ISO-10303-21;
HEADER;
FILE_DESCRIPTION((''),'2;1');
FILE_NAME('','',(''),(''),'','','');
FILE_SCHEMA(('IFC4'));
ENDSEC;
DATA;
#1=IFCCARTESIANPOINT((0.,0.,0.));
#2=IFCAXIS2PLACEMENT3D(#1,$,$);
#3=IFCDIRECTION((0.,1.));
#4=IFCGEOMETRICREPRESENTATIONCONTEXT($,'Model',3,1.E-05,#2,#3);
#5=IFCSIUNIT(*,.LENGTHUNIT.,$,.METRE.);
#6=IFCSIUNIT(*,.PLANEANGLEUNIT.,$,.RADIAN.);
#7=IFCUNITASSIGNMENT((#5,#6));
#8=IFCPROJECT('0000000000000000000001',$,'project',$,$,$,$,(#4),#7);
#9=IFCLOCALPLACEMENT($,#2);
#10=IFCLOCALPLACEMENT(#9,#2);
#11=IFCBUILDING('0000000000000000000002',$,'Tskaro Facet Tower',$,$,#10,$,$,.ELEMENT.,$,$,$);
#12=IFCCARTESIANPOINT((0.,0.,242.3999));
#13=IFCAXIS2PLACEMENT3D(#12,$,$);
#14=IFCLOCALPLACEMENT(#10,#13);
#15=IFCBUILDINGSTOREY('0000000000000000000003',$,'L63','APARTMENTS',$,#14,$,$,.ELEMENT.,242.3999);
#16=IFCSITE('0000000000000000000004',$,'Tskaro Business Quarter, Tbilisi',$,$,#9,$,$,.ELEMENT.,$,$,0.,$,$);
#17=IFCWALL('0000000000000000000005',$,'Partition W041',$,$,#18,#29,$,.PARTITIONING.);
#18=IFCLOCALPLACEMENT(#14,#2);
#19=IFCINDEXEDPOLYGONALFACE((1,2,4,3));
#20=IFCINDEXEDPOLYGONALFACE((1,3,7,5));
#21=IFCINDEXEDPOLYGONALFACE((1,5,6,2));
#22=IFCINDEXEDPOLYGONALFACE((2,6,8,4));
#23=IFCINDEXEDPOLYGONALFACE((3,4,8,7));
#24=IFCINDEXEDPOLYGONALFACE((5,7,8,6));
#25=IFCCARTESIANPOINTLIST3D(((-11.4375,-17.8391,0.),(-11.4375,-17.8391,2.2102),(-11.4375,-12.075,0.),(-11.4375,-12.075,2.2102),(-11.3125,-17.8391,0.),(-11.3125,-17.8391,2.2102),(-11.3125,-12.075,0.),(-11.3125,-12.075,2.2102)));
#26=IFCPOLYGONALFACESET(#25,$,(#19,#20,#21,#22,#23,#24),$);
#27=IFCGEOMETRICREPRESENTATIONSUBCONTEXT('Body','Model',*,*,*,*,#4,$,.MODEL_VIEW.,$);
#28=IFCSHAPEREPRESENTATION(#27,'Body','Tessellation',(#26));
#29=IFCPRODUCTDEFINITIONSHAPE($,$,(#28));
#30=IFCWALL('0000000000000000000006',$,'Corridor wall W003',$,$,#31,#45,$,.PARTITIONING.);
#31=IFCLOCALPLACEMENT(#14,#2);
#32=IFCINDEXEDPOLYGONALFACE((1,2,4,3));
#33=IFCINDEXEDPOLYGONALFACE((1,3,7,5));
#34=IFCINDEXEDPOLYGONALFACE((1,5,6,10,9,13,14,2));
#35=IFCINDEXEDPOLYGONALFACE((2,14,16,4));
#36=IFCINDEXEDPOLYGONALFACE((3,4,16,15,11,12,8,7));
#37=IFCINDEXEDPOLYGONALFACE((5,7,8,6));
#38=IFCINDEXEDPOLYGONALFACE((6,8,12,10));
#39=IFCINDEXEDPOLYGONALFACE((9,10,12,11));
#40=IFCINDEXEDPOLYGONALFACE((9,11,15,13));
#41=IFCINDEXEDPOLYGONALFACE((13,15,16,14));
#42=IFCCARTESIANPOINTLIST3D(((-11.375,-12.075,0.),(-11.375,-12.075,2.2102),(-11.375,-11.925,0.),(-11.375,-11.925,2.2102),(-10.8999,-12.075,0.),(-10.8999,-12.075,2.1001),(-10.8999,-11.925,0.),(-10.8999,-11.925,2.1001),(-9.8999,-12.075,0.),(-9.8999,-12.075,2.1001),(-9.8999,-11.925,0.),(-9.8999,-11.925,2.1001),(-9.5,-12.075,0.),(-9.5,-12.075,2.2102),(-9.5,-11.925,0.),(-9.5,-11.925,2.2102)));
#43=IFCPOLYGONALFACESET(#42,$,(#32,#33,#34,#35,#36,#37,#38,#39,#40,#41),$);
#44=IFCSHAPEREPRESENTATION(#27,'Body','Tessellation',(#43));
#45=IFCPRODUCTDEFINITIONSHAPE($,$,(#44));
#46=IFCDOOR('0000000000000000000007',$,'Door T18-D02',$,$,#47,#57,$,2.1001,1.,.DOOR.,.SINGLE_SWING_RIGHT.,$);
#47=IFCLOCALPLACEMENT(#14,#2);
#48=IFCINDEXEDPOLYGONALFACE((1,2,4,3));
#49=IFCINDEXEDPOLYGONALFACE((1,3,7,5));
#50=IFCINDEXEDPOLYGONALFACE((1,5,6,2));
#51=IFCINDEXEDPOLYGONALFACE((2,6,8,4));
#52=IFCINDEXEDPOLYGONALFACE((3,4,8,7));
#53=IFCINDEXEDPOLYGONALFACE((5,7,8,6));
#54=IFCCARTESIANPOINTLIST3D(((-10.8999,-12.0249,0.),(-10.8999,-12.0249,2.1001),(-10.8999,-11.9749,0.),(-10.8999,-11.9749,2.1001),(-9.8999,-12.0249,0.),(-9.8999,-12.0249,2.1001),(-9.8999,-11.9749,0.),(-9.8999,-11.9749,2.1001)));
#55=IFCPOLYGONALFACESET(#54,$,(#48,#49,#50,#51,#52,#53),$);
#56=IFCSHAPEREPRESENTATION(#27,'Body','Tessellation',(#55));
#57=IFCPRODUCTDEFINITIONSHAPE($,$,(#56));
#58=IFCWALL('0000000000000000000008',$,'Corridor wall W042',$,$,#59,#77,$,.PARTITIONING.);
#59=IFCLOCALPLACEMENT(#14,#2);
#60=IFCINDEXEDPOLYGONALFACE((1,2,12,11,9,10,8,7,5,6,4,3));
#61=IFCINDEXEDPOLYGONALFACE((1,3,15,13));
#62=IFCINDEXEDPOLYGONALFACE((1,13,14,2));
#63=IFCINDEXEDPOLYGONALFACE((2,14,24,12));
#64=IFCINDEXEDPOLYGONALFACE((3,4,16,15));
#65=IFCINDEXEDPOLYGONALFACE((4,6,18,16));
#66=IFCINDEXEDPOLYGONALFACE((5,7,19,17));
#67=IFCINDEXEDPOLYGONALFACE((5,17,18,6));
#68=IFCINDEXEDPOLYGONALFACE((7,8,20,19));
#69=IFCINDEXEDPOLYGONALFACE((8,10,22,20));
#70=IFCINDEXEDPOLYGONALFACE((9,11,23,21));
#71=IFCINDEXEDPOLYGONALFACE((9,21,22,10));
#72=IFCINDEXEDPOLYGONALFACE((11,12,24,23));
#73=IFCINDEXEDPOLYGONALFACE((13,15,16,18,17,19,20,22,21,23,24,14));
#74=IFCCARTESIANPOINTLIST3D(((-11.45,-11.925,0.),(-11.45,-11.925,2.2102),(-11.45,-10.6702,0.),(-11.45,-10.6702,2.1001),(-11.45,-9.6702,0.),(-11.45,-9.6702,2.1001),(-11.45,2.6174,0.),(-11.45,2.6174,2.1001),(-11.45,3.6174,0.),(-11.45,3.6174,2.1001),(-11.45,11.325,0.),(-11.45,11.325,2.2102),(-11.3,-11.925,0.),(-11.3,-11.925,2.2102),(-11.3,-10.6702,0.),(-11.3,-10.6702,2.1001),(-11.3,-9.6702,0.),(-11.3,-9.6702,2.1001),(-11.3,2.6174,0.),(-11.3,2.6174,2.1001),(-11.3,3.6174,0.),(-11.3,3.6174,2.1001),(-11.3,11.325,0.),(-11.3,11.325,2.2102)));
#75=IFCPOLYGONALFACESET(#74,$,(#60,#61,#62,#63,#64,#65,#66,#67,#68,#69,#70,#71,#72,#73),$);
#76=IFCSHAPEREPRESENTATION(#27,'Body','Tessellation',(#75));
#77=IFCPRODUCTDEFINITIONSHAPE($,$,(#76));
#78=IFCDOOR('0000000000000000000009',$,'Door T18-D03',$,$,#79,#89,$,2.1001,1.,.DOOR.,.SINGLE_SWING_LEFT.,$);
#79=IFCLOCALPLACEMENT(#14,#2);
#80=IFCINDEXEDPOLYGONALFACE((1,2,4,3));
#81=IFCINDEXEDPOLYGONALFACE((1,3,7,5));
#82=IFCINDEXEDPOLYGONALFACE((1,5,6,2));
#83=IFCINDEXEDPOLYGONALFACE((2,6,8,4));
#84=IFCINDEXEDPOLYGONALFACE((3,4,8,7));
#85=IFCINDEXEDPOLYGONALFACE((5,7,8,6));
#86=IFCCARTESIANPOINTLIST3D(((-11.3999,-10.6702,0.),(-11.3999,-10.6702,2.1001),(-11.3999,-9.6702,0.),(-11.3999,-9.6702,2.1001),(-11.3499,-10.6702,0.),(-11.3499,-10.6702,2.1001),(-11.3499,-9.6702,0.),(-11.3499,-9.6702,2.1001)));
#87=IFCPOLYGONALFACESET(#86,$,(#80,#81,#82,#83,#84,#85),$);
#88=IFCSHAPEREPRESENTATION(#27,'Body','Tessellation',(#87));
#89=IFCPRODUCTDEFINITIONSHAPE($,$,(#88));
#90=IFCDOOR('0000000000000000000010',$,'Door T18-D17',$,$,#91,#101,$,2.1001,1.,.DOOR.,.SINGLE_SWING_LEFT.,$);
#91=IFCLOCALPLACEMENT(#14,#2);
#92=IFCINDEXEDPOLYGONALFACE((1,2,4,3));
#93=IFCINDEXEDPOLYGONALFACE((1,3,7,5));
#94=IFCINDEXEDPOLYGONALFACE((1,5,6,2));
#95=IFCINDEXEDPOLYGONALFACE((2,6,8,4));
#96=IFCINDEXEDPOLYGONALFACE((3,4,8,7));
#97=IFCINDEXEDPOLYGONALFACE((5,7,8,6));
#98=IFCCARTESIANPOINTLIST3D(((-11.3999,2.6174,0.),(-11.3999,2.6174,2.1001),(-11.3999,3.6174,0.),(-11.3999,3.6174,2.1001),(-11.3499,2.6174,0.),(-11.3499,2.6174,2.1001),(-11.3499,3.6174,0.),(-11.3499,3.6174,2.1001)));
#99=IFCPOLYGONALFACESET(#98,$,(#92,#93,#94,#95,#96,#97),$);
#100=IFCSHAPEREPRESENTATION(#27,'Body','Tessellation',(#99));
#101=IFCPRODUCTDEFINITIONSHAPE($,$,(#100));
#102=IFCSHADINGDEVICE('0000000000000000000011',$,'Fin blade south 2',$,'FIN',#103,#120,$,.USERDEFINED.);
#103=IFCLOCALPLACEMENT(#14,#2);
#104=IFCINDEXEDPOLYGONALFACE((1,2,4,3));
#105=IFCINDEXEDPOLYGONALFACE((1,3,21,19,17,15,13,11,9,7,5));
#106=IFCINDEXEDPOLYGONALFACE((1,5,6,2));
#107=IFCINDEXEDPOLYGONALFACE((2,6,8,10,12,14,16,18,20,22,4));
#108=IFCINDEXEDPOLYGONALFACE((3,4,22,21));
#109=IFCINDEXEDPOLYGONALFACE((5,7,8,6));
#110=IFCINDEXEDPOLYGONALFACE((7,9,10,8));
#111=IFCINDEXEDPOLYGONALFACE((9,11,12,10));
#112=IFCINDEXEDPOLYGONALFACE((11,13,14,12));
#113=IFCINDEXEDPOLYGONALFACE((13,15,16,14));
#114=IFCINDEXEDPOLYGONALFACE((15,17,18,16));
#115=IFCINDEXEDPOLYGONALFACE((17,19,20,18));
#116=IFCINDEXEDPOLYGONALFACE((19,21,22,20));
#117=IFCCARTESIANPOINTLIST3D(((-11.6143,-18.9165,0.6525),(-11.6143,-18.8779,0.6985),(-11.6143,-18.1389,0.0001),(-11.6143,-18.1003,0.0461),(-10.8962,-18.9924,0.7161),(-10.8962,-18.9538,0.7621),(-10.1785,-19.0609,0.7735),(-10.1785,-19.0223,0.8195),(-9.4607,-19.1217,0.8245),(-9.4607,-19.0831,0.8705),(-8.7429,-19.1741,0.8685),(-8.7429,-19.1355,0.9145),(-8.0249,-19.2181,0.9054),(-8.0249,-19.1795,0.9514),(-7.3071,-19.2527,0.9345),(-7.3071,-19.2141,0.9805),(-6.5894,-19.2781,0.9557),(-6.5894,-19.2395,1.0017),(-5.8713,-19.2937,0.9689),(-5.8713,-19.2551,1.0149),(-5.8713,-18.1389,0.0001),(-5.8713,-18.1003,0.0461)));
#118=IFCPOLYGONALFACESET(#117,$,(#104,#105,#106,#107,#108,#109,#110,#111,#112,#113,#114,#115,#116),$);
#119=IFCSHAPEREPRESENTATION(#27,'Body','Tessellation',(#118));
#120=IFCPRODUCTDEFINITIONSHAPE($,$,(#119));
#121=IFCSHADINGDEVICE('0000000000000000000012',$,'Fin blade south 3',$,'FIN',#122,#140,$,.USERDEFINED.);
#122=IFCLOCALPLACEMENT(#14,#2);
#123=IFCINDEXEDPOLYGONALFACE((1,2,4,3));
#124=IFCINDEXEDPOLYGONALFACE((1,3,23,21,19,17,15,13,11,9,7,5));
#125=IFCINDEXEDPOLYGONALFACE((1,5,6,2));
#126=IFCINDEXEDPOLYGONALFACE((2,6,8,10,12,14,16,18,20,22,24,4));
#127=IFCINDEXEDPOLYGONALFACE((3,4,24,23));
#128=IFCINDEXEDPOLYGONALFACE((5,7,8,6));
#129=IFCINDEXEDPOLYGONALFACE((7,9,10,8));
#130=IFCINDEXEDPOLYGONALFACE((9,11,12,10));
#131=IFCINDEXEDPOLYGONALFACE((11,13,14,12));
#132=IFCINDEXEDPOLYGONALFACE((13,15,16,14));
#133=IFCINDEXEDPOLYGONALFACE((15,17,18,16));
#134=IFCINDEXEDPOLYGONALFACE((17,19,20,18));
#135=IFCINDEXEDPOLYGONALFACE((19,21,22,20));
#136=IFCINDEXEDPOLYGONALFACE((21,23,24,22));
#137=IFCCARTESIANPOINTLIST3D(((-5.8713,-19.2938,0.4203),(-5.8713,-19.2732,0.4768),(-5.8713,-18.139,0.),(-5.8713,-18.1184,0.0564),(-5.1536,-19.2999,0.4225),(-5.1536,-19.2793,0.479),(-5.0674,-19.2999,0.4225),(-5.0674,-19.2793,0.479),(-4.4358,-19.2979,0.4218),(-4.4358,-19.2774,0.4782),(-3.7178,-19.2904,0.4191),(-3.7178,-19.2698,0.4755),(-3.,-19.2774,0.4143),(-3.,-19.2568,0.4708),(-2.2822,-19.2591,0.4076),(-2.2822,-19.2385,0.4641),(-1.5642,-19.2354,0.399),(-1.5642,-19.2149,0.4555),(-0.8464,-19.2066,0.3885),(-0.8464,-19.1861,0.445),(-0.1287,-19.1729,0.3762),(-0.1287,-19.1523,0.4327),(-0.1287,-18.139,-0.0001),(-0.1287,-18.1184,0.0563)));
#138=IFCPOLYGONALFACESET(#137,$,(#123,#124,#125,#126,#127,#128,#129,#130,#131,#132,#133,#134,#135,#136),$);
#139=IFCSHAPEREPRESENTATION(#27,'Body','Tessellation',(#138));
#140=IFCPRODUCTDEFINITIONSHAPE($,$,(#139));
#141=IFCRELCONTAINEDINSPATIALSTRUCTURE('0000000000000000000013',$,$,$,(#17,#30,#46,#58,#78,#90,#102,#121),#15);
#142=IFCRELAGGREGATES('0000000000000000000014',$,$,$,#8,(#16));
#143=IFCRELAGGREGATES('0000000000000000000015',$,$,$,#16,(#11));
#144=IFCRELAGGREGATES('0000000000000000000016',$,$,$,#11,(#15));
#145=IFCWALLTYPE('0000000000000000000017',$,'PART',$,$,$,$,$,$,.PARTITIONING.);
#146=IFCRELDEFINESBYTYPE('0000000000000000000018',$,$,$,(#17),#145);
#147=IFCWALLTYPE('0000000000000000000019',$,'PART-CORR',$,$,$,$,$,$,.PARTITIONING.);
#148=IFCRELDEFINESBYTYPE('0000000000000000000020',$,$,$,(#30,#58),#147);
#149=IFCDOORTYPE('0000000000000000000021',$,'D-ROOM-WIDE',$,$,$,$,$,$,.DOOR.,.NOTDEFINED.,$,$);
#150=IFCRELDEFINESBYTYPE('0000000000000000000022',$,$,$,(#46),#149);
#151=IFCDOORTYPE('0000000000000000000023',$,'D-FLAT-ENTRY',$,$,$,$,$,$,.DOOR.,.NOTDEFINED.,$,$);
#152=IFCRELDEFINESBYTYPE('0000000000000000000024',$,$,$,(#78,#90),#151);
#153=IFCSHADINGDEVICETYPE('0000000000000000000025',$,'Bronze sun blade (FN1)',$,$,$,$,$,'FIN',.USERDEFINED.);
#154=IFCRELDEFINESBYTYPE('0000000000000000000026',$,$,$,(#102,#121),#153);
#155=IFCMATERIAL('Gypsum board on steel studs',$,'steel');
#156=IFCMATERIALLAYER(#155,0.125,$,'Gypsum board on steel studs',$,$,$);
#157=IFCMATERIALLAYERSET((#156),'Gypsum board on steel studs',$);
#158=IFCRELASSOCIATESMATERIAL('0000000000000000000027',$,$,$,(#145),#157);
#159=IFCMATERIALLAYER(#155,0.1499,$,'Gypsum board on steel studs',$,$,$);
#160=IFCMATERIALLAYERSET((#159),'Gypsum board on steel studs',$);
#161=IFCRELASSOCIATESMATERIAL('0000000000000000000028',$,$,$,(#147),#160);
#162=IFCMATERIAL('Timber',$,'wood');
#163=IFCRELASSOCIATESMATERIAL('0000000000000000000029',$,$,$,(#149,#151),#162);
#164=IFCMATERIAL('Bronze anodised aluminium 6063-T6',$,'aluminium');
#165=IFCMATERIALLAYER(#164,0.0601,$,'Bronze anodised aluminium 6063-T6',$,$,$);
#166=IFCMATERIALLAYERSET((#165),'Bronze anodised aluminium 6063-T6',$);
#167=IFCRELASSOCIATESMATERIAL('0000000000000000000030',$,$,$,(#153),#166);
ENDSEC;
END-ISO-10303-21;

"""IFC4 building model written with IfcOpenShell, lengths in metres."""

from ifc_helpers import new_model, si_unit, direction, frame, frame_2d, origin, place, context, subcontext, project, spatial, polyline, rectangle, outline, extrude, material, layer, layer_set, type_object, element, fill, save


model = new_model("IFC4")

# Units and contexts
model_context = context("Model", 3, precision=1e-05, world=origin(), true_north=direction((0.0, 1.0)))
body_context = subcontext(model_context, "Body", "Model", "MODEL_VIEW")
ifc_project = project(units=[si_unit("LENGTHUNIT", "METRE"), si_unit("PLANEANGLEUNIT", "RADIAN")], contexts=[model_context])

# Site, building, storey
site_placement = place(None, origin())
site = spatial("IfcSite", under=ifc_project, at=site_placement, Name="Tskaro Business Quarter, Tbilisi", CompositionType="ELEMENT", RefElevation=0.0)
building_placement = place(site_placement, origin())
building = spatial("IfcBuilding", under=site, at=building_placement, Name="Tskaro Facet Tower", CompositionType="ELEMENT")
storey_placement = place(building_placement, frame((0.0, 0.0, 242.3999)))
storey = spatial("IfcBuildingStorey", under=building, at=storey_placement, Name="L63", Description="APARTMENTS", CompositionType="ELEMENT", Elevation=242.3999)

# Shared definitions
ifc_material_1 = material(Name="Bronze anodised aluminium 6063-T6", Category="aluminium")

# Wall
ifc_material_2 = material(Name="Gypsum board on steel studs", Category="steel")
ifc_layer_1 = layer(ifc_material_2, 0.125, Name="Gypsum board on steel studs")
ifc_layer_set_1 = layer_set([ifc_layer_1], Name="Gypsum board on steel studs")
wall_type_1 = type_object("IfcWallType", Name="PART", PredefinedType="PARTITIONING", material=ifc_layer_set_1)
wall_1_placement = place(storey_placement, frame((-11.375, -17.8391, 0.0), z_axis=(0.0, 0.0, 1.0), x_axis=(0.0, 1.0, 0.0)))
element("IfcWall", 1, at=wall_1_placement, inside=storey, type_object=wall_type_1, Name="Partition W041", PredefinedType="PARTITIONING", context=body_context, shape_type="SweptSolid", body=[
    extrude(rectangle(XDim=5.7642, YDim=0.125, at=frame_2d((2.8821, 0.0))), origin(), (0.0, 0.0, 1.0), 2.2102),
])

# Wall, opening, door
ifc_layer_2 = layer(ifc_material_2, 0.1499, Name="Gypsum board on steel studs")
ifc_layer_set_2 = layer_set([ifc_layer_2], Name="Gypsum board on steel studs")
wall_type_2 = type_object("IfcWallType", Name="PART-CORR", PredefinedType="PARTITIONING", material=ifc_layer_set_2)
wall_2_placement = place(storey_placement, frame((-9.5, -12.0, 0.0), z_axis=(0.0, 0.0, 1.0), x_axis=(-1.0, 0.0, 0.0)))
wall_2 = element("IfcWall", 2, at=wall_2_placement, inside=storey, type_object=wall_type_2, Name="Corridor wall W003", PredefinedType="PARTITIONING", context=body_context, shape_type="SweptSolid", body=[
    extrude(rectangle(XDim=1.875, YDim=0.1499, at=frame_2d((0.9375, 0.0))), origin(), (0.0, 0.0, 1.0), 2.2102),
])
opening_1_placement = place(wall_2_placement, frame((0.3999, 0.0, 0.0)))
opening_1 = element("IfcOpeningElement", 3, at=opening_1_placement, cuts=wall_2, PredefinedType="OPENING", context=body_context, shape_type="SweptSolid", body=[
    extrude(rectangle(XDim=1.0, YDim=2.1001, at=frame_2d((0.5, 1.05))), frame((0.0, 0.085, 0.0), z_axis=(0.0, -1.0, 0.0), x_axis=(1.0, 0.0, 0.0)), (0.0, 0.0, 1.0), 0.1699),
])
ifc_material_3 = material(Name="Timber", Category="wood")
door_type_1 = type_object("IfcDoorType", Name="D-ROOM-WIDE", OperationType="NOTDEFINED", PredefinedType="DOOR", material=ifc_material_3)
door_1_placement = place(opening_1_placement, origin())
door_1 = element("IfcDoor", 4, at=door_1_placement, inside=storey, type_object=door_type_1, Name="Door T18-D02", OperationType="SINGLE_SWING_RIGHT", OverallHeight=2.1001, OverallWidth=1.0, PredefinedType="DOOR", context=body_context, shape_type="SweptSolid", body=[
    extrude(rectangle(XDim=1.0, YDim=2.1001, at=frame_2d((0.5, 1.05))), frame((0.0, 0.0249, 0.0), z_axis=(0.0, -1.0, 0.0), x_axis=(1.0, 0.0, 0.0)), (0.0, 0.0, 1.0), 0.05),
])
fill(opening_1, door_1)

# Wall, openings, doors
wall_3_placement = place(storey_placement, frame((-11.375, -11.925, 0.0), z_axis=(0.0, 0.0, 1.0), x_axis=(0.0, 1.0, 0.0)))
wall_3 = element("IfcWall", 5, at=wall_3_placement, inside=storey, type_object=wall_type_2, Name="Corridor wall W042", PredefinedType="PARTITIONING", context=body_context, shape_type="SweptSolid", body=[
    extrude(rectangle(XDim=23.25, YDim=0.1499, at=frame_2d((11.625, 0.0))), origin(), (0.0, 0.0, 1.0), 2.2102),
])
opening_2_placement = place(wall_3_placement, frame((1.2549, 0.0, 0.0)))
opening_2 = element("IfcOpeningElement", 6, at=opening_2_placement, cuts=wall_3, PredefinedType="OPENING", context=body_context, shape_type="SweptSolid", body=[
    extrude(rectangle(XDim=1.0, YDim=2.1001, at=frame_2d((0.5, 1.05))), frame((0.0, 0.085, 0.0), z_axis=(0.0, -1.0, 0.0), x_axis=(1.0, 0.0, 0.0)), (0.0, 0.0, 1.0), 0.1699),
])
opening_3_placement = place(wall_3_placement, frame((14.5425, 0.0, 0.0)))
opening_3 = element("IfcOpeningElement", 7, at=opening_3_placement, cuts=wall_3, PredefinedType="OPENING", context=body_context, shape_type="SweptSolid", body=[
    extrude(rectangle(XDim=1.0, YDim=2.1001, at=frame_2d((0.5, 1.05))), frame((0.0, 0.085, 0.0), z_axis=(0.0, -1.0, 0.0), x_axis=(1.0, 0.0, 0.0)), (0.0, 0.0, 1.0), 0.1699),
])
door_type_2 = type_object("IfcDoorType", Name="D-FLAT-ENTRY", OperationType="NOTDEFINED", PredefinedType="DOOR", material=ifc_material_3)
door_2_placement = place(opening_2_placement, origin())
door_2 = element("IfcDoor", 8, at=door_2_placement, inside=storey, type_object=door_type_2, Name="Door T18-D03", OperationType="SINGLE_SWING_LEFT", OverallHeight=2.1001, OverallWidth=1.0, PredefinedType="DOOR", context=body_context, shape_type="SweptSolid", body=[
    extrude(rectangle(XDim=1.0, YDim=2.1001, at=frame_2d((0.5, 1.05))), frame((0.0, 0.0249, 0.0), z_axis=(0.0, -1.0, 0.0), x_axis=(1.0, 0.0, 0.0)), (0.0, 0.0, 1.0), 0.05),
])
fill(opening_2, door_2)
door_3_placement = place(opening_3_placement, origin())
door_3 = element("IfcDoor", 9, at=door_3_placement, inside=storey, type_object=door_type_2, Name="Door T18-D17", OperationType="SINGLE_SWING_LEFT", OverallHeight=2.1001, OverallWidth=1.0, PredefinedType="DOOR", context=body_context, shape_type="SweptSolid", body=[
    extrude(rectangle(XDim=1.0, YDim=2.1001, at=frame_2d((0.5, 1.05))), frame((0.0, 0.0249, 0.0), z_axis=(0.0, -1.0, 0.0), x_axis=(1.0, 0.0, 0.0)), (0.0, 0.0, 1.0), 0.05),
])
fill(opening_3, door_3)

# Shading devices
ifc_layer_3 = layer(ifc_material_1, 0.0601, Name="Bronze anodised aluminium 6063-T6")
ifc_layer_set_3 = layer_set([ifc_layer_3], Name="Bronze anodised aluminium 6063-T6")
shading_device_type = type_object("IfcShadingDeviceType", Name="Bronze sun blade (FN1)", ElementType="FIN", PredefinedType="USERDEFINED", material=ifc_layer_set_3)
shading_device_1_placement = place(storey_placement, frame((-11.6143, -18.1003, 0.0461), z_axis=(0.000001, 0.642695, 0.766123), x_axis=(1.0, -0.000001, -0.000001)))
element("IfcShadingDevice", 10, at=shading_device_1_placement, inside=storey, type_object=shading_device_type, Name="Fin blade south 2", ObjectType="FIN", PredefinedType="USERDEFINED", context=body_context, shape_type="SweptSolid", body=[
    extrude(outline(polyline([(0.0, 0.0), (5.7429, 0.0), (5.7429, -1.5073), (5.0249, -1.4869), (4.3071, -1.4538), (3.5894, -1.4085), (2.8713, -1.3512), (2.1536, -1.2827), (1.4358, -1.2034), (0.718, -1.114), (0.0, -1.015), (0.0, 0.0)])), origin(), (0.0, 0.0, -1.0), 0.0601),
])
shading_device_2_placement = place(storey_placement, frame((-5.8713, -18.1184, 0.0564), z_axis=(0.000016, 0.34206, 0.939678), x_axis=(1.0, -0.000005, -0.000015)))
element("IfcShadingDevice", 11, at=shading_device_2_placement, inside=storey, type_object=shading_device_type, Name="Fin blade south 3", ObjectType="FIN", PredefinedType="USERDEFINED", context=body_context, shape_type="SweptSolid", body=[
    extrude(outline(polyline([(0.0, 0.0), (5.7427, 0.0), (5.7427, -1.1003), (5.0249, -1.1362), (4.3071, -1.1668), (3.5891, -1.192), (2.8713, -1.2115), (2.1536, -1.2253), (1.4355, -1.2333), (0.804, -1.2354), (0.7178, -1.2354), (0.0, -1.2289), (0.0, 0.0)])), origin(), (0.0, 0.0, -1.0), 0.0601),
])

save(model, "model.ifc")
